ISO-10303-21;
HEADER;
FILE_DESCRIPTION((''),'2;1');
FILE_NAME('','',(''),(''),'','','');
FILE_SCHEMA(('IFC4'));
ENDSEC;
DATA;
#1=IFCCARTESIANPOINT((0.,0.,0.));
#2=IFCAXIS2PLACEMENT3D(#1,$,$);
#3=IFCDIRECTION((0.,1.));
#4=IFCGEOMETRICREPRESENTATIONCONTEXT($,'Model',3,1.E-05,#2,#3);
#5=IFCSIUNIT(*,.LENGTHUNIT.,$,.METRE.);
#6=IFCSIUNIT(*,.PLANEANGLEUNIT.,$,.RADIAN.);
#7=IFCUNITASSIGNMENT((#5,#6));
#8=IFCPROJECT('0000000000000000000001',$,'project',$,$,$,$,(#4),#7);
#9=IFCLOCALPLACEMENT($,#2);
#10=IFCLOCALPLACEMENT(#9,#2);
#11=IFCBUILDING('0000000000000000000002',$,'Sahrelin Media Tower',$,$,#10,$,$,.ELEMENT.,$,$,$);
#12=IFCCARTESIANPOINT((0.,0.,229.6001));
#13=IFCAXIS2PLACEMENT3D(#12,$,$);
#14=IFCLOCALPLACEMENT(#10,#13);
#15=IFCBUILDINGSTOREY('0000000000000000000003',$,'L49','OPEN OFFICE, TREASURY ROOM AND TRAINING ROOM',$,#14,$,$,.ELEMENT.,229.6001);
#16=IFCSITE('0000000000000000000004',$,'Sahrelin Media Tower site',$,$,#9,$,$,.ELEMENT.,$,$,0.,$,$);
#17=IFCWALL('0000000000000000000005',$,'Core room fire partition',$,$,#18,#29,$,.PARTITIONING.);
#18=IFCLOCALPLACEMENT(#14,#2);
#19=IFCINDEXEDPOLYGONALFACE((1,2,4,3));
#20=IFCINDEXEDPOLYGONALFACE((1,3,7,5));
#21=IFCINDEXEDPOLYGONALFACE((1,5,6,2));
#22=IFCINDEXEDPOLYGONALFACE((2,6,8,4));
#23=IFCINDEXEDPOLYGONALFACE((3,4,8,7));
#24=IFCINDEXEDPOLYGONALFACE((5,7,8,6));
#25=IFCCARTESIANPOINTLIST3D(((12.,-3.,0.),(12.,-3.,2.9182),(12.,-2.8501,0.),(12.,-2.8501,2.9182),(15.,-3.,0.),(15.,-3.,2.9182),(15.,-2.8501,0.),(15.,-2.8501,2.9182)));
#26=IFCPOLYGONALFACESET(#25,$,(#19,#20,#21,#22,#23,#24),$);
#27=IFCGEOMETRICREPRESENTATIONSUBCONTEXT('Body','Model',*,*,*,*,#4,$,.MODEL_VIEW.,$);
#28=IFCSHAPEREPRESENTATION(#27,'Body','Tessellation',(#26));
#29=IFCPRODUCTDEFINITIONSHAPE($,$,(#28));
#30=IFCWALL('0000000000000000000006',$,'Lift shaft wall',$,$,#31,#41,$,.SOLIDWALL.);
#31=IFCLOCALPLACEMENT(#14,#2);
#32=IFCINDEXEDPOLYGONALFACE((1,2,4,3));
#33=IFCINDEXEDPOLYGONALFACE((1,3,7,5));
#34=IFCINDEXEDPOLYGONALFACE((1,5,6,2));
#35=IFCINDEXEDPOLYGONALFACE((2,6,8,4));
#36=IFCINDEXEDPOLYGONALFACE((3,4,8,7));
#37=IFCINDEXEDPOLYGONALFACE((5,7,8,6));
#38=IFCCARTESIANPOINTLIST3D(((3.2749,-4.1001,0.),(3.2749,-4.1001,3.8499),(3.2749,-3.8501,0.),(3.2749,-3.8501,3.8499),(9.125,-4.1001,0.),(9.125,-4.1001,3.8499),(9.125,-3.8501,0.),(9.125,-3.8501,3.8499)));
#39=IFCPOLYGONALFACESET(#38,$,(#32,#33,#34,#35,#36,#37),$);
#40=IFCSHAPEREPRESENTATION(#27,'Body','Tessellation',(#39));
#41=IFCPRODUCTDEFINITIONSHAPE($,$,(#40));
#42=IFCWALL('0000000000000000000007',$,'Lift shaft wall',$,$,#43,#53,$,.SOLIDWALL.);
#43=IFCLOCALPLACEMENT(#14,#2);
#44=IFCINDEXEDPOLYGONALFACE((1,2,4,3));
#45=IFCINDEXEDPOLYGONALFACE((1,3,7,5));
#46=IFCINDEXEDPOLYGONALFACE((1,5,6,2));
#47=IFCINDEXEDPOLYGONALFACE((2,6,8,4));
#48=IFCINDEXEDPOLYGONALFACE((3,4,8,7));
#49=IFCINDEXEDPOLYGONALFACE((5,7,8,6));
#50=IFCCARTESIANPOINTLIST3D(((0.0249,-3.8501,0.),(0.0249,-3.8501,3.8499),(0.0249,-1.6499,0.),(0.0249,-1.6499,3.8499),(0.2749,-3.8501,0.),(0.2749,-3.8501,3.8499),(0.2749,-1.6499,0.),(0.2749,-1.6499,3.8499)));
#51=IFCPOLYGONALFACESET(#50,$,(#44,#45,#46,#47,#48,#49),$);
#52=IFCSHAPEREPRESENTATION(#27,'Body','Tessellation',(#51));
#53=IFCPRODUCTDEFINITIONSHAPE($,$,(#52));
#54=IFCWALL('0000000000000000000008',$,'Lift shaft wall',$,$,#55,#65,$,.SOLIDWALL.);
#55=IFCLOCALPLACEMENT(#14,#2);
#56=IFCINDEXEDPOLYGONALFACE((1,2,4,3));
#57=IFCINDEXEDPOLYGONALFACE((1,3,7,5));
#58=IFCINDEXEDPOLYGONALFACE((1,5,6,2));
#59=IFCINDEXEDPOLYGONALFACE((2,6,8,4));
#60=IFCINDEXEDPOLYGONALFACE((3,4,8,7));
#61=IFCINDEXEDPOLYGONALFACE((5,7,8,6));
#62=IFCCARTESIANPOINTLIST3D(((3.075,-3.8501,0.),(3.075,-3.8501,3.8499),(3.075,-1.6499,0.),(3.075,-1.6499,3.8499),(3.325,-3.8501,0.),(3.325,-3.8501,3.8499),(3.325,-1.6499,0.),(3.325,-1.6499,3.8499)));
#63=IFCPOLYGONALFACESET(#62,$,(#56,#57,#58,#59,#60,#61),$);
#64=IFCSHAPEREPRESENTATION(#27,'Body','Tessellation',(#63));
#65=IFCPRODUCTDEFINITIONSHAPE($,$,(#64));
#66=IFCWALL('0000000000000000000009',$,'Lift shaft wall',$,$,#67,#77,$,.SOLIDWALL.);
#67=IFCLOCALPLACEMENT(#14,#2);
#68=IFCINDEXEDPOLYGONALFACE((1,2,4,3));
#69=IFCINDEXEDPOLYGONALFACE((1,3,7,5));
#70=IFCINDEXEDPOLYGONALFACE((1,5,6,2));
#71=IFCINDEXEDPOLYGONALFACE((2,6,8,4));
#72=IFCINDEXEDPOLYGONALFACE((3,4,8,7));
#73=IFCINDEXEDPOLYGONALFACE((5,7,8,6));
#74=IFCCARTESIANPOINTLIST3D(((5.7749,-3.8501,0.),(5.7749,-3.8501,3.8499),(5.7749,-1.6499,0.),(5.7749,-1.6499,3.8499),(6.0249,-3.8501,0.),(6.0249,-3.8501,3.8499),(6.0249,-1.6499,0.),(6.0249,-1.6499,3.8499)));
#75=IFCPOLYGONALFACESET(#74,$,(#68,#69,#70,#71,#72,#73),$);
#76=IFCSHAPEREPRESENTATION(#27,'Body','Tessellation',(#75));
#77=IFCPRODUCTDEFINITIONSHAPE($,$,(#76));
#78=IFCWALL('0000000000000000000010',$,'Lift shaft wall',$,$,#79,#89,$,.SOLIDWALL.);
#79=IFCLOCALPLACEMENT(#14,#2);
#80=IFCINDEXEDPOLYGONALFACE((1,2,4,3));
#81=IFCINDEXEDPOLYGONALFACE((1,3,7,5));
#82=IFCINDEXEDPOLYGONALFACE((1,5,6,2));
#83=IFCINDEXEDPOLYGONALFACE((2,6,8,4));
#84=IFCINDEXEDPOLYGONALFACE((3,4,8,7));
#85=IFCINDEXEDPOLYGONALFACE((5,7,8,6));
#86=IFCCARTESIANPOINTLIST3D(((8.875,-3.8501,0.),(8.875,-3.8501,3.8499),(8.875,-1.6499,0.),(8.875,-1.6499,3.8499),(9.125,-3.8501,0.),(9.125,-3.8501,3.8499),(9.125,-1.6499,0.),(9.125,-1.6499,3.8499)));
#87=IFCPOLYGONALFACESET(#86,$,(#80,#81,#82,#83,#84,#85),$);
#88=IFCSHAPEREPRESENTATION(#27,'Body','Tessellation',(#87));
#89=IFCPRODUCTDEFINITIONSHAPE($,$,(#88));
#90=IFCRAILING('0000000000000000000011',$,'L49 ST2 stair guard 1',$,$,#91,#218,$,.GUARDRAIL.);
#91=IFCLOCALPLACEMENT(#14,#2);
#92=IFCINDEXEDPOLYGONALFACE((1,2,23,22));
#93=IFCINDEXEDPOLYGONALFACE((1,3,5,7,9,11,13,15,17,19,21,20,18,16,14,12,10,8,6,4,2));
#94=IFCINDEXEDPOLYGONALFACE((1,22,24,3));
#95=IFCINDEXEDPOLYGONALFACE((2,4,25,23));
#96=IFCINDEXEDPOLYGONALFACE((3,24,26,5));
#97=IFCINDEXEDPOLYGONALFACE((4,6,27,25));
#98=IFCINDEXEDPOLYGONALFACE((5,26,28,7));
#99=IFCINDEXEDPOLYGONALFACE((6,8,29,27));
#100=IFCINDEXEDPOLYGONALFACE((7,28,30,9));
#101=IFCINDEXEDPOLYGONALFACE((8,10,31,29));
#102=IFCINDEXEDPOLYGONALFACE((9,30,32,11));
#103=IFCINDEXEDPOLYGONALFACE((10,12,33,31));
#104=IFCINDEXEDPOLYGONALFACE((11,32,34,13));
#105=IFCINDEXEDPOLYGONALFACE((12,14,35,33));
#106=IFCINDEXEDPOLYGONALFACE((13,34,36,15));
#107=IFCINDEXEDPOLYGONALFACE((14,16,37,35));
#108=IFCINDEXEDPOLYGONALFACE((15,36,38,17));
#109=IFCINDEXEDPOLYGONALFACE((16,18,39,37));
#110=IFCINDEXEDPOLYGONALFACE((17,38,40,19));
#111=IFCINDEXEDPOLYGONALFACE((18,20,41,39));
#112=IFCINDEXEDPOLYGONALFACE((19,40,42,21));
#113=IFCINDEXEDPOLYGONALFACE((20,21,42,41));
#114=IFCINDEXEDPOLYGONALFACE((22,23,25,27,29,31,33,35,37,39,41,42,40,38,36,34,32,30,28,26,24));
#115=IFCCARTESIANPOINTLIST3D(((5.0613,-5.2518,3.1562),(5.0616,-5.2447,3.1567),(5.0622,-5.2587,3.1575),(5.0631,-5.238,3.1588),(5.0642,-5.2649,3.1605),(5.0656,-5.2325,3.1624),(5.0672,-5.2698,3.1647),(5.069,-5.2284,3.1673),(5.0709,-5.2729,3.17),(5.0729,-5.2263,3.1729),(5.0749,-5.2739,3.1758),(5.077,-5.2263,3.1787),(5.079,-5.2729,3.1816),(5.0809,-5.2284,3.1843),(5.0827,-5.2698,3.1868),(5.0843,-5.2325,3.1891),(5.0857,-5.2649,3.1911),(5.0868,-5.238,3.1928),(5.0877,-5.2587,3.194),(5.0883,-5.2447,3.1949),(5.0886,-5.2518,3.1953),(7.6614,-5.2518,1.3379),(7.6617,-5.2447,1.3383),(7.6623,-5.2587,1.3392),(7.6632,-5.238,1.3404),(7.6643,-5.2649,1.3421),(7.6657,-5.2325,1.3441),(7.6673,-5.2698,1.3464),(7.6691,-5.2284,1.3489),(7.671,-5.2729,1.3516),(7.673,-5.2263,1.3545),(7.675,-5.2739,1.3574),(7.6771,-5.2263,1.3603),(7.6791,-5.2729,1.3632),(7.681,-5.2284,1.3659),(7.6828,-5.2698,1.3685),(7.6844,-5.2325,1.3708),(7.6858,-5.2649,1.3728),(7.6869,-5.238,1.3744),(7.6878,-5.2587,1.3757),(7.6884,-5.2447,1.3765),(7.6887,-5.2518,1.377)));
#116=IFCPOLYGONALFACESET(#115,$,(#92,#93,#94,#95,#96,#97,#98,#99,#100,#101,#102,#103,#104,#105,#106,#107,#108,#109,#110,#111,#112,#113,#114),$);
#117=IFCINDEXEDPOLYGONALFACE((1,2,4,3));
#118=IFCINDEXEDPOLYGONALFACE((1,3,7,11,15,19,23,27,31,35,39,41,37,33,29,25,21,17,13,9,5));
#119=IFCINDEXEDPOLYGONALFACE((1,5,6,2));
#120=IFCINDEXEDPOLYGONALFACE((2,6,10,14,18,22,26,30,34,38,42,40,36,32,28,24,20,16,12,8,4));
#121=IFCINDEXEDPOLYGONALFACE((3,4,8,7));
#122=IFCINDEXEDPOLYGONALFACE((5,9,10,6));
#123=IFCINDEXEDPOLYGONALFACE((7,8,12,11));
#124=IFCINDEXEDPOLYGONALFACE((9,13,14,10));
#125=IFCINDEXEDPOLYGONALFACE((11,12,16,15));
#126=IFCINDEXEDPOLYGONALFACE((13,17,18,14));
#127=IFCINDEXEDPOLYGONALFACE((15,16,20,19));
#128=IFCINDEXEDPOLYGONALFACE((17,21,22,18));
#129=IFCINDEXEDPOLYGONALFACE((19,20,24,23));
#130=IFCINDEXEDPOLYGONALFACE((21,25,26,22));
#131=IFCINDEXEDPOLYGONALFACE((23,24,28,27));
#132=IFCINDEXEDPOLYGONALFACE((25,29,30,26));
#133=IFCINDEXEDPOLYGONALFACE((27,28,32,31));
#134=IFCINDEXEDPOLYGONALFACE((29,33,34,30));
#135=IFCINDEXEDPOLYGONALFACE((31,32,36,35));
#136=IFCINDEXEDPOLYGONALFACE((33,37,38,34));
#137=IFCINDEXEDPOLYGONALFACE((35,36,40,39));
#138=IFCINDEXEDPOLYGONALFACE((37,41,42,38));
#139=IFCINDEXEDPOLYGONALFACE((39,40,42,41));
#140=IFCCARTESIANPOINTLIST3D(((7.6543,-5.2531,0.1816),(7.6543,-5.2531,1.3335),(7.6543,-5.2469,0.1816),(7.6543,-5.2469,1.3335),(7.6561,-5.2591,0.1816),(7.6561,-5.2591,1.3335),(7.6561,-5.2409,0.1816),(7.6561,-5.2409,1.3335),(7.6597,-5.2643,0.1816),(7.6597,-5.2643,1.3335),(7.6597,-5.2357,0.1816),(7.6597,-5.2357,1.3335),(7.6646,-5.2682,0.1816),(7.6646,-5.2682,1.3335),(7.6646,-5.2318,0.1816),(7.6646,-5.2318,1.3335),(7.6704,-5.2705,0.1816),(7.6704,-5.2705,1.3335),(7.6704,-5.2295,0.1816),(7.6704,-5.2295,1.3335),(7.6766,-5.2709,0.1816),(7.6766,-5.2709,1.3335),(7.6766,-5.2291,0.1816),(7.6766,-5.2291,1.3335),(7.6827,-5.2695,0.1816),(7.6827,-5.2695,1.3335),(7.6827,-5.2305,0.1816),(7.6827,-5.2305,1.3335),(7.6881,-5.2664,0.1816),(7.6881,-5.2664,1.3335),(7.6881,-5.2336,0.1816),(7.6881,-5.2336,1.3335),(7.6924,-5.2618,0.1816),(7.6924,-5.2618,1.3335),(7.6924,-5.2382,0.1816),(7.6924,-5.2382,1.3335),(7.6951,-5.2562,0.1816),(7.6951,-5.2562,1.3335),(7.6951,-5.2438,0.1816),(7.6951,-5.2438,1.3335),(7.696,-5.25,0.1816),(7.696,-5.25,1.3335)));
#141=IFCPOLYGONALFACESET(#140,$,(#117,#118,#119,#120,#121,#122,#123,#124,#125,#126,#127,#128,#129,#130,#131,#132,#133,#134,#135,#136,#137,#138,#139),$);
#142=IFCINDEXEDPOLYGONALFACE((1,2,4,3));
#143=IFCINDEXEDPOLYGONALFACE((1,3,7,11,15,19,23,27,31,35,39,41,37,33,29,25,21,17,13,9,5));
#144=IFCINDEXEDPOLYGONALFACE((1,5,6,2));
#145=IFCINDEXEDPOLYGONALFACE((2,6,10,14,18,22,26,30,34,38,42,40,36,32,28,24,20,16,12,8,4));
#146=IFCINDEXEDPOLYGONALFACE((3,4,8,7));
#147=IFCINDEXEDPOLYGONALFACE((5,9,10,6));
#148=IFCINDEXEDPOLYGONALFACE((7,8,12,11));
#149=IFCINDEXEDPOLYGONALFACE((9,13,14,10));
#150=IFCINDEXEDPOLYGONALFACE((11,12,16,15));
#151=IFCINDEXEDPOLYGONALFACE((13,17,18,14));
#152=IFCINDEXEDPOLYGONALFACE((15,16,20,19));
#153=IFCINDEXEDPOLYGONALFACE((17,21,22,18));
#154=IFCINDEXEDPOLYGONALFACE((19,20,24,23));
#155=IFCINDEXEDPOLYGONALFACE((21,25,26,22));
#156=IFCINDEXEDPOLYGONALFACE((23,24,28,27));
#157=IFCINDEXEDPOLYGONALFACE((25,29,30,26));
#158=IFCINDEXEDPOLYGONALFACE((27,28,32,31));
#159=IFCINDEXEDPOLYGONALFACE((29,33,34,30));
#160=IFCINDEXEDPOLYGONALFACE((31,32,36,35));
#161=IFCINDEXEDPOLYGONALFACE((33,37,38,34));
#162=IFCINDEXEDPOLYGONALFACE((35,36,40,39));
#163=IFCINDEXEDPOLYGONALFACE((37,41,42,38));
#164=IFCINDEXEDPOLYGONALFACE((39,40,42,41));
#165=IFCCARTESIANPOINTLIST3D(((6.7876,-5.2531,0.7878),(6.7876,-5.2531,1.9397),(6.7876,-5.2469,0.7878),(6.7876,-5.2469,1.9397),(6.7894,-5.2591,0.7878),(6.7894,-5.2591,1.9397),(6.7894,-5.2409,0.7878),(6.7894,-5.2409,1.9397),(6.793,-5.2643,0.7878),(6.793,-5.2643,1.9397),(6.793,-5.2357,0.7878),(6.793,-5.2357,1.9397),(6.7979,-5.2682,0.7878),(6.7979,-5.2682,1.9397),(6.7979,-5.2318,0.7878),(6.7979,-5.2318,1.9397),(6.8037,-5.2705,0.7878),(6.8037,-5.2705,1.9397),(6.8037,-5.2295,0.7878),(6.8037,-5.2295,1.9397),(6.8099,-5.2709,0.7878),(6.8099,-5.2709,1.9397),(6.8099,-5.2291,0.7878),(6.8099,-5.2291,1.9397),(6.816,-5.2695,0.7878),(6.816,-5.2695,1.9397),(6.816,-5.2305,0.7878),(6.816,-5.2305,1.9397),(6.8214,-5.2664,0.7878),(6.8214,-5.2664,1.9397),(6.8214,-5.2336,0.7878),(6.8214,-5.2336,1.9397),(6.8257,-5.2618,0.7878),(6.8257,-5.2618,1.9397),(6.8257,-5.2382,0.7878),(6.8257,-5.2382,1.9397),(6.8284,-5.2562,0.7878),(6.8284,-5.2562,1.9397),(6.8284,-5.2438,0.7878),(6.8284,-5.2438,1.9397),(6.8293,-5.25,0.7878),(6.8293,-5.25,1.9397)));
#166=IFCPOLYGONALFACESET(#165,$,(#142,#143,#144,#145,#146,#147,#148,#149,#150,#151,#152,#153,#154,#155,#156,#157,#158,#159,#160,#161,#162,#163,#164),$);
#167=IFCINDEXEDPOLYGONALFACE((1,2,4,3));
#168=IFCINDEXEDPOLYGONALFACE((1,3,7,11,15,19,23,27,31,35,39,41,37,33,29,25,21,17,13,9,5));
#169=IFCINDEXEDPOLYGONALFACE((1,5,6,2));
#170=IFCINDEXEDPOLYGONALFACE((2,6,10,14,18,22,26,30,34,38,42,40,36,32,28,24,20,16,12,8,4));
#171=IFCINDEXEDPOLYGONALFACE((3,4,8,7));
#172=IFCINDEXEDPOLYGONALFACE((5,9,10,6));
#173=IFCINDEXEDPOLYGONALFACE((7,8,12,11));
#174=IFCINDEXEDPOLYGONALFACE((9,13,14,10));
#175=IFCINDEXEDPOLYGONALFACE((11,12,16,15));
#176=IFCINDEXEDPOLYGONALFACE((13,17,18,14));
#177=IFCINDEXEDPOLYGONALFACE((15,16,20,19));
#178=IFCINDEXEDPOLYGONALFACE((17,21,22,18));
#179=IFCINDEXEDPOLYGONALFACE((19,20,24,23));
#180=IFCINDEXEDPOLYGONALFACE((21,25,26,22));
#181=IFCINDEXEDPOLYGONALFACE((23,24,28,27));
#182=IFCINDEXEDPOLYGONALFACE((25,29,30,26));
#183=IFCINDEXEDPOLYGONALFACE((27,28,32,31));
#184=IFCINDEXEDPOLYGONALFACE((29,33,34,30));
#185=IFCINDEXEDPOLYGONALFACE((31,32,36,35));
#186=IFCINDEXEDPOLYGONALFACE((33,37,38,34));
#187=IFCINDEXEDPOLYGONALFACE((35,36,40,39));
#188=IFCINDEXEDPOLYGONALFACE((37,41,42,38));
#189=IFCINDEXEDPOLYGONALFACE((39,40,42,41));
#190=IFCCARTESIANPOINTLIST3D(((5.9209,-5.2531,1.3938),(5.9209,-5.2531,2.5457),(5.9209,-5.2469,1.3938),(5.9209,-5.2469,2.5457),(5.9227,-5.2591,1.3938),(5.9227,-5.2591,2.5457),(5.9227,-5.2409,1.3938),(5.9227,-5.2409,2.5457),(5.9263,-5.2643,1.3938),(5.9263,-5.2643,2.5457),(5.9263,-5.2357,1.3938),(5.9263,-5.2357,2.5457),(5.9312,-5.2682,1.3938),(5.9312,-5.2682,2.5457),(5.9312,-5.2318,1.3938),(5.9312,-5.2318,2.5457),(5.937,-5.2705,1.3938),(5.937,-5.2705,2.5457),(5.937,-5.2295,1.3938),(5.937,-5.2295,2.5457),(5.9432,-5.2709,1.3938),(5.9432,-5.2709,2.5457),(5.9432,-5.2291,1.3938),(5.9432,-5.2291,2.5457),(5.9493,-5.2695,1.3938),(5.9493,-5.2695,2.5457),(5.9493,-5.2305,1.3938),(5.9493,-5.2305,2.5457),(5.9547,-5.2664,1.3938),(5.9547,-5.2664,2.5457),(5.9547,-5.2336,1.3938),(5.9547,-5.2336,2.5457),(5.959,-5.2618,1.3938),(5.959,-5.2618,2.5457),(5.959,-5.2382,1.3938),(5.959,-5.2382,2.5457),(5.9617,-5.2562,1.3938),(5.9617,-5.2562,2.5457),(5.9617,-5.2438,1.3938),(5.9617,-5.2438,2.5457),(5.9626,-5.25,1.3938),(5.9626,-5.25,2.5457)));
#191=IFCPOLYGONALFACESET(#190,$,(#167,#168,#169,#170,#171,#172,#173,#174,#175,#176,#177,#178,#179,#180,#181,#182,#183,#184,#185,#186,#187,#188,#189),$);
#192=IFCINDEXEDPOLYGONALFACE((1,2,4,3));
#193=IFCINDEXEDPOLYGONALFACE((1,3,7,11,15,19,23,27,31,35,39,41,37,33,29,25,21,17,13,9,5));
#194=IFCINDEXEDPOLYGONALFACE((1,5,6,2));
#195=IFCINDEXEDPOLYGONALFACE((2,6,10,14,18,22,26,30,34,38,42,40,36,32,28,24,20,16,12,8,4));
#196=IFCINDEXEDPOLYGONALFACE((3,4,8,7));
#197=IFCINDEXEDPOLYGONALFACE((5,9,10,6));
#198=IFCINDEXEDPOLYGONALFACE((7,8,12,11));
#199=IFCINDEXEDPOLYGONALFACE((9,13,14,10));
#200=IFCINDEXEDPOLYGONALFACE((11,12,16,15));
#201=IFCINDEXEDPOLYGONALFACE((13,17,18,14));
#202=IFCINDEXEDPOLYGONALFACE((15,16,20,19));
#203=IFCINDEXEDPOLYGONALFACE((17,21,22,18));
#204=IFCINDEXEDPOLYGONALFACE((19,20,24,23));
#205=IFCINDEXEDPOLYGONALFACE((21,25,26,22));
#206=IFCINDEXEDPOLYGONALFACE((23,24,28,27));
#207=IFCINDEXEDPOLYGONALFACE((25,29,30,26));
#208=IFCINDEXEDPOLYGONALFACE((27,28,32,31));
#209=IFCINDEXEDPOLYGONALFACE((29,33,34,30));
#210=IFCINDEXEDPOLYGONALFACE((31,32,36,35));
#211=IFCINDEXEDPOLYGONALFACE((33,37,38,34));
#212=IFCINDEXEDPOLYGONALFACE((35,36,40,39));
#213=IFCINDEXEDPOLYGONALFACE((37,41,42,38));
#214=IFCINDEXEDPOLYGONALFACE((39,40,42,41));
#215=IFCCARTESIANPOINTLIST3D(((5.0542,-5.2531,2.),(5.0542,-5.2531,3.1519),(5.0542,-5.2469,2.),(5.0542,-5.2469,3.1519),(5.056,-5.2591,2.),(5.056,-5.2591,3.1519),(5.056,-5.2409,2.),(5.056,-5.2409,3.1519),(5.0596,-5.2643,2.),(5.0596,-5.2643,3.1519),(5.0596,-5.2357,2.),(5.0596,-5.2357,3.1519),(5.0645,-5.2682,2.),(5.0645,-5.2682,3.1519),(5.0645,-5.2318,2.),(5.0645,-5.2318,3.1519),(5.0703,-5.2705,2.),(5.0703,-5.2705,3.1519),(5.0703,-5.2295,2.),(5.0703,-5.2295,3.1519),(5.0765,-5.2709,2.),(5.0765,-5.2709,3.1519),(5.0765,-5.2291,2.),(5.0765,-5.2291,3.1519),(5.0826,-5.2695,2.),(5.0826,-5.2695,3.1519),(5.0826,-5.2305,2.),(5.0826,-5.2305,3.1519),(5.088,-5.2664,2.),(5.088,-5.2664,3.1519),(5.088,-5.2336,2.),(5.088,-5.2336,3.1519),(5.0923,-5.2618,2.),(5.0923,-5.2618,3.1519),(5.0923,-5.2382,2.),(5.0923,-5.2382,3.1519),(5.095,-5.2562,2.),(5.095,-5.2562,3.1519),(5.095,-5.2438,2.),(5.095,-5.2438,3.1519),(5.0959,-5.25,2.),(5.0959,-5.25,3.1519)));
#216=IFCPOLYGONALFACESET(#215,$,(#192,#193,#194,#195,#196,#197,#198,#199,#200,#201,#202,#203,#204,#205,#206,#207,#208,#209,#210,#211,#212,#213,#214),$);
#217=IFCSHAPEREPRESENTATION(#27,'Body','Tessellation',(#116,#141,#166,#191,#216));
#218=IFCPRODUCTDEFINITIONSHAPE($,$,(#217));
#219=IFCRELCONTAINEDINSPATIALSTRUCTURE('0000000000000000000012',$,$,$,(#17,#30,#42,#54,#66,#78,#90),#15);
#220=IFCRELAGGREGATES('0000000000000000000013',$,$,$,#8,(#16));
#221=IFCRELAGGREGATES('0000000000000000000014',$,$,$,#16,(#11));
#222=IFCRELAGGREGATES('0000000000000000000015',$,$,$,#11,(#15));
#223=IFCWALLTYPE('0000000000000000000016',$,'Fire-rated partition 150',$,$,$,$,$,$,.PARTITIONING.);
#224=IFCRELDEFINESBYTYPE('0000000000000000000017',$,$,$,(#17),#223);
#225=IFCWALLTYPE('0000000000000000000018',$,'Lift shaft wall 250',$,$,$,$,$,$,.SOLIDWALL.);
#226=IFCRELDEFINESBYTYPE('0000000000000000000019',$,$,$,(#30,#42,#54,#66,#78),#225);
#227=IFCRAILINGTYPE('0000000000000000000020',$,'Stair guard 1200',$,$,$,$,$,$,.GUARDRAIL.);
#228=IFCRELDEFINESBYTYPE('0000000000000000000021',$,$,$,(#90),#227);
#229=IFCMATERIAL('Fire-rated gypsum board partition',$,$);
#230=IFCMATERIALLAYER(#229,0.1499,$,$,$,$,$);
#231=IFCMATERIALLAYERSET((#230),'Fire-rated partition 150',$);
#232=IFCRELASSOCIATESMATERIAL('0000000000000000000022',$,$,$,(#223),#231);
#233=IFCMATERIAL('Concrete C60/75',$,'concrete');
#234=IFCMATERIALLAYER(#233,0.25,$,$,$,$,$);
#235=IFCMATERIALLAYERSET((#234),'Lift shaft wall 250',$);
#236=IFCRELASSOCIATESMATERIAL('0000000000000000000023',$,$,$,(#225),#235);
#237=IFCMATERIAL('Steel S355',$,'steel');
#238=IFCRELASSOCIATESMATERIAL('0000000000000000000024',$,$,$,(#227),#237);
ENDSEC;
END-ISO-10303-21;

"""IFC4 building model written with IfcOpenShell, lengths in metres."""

from ifc_helpers import new_model, si_unit, direction, frame, frame_2d, origin, origin_2d, place, context, subcontext, project, spatial, rectangle, circle, extrude, material, layer, layer_set, type_object, element, save


model = new_model("IFC4")

# Units and contexts
model_context = context("Model", 3, precision=1e-05, world=origin(), true_north=direction((0.0, 1.0)))
body_context = subcontext(model_context, "Body", "Model", "MODEL_VIEW")
ifc_project = project(units=[si_unit("LENGTHUNIT", "METRE"), si_unit("PLANEANGLEUNIT", "RADIAN")], contexts=[model_context])

# Site, building, storey
site_placement = place(None, origin())
site = spatial("IfcSite", under=ifc_project, at=site_placement, Name="Sahrelin Media Tower site", CompositionType="ELEMENT", RefElevation=0.0)
building_placement = place(site_placement, origin())
building = spatial("IfcBuilding", under=site, at=building_placement, Name="Sahrelin Media Tower", CompositionType="ELEMENT")
storey_placement = place(building_placement, frame((0.0, 0.0, 229.6001)))
storey = spatial("IfcBuildingStorey", under=building, at=storey_placement, Name="L49", Description="OPEN OFFICE, TREASURY ROOM AND TRAINING ROOM", CompositionType="ELEMENT", Elevation=229.6001)

# Shared definitions
ifc_material_1 = material(Name="Steel S355", Category="steel")

# Shared definitions
ifc_material_2 = material(Name="Concrete C60/75", Category="concrete")

# Walls
ifc_material_3 = material(Name="Fire-rated gypsum board partition")
ifc_layer_1 = layer(ifc_material_3, 0.1499)
ifc_layer_set_1 = layer_set([ifc_layer_1], Name="Fire-rated partition 150")
wall_type_1 = type_object("IfcWallType", Name="Fire-rated partition 150", PredefinedType="PARTITIONING", material=ifc_layer_set_1)
wall_1_placement = place(storey_placement, frame((12.0, -2.925, 0.0), z_axis=(0.0, 0.0, 1.0), x_axis=(1.0, 0.0, 0.0)))
element("IfcWall", 1, at=wall_1_placement, inside=storey, type_object=wall_type_1, Name="Core room fire partition", PredefinedType="PARTITIONING", context=body_context, shape_type="SweptSolid", body=[
    extrude(rectangle(XDim=3.0, YDim=0.1499, at=frame_2d((1.5, 0.0))), origin(), (0.0, 0.0, 1.0), 2.9182),
])
ifc_layer_2 = layer(ifc_material_2, 0.25)
ifc_layer_set_2 = layer_set([ifc_layer_2], Name="Lift shaft wall 250")
wall_type_2 = type_object("IfcWallType", Name="Lift shaft wall 250", PredefinedType="SOLIDWALL", material=ifc_layer_set_2)
wall_2_placement = place(storey_placement, frame((3.2749, -3.9751, 0.0), z_axis=(0.0, 0.0, 1.0), x_axis=(1.0, 0.0, 0.0)))
element("IfcWall", 2, at=wall_2_placement, inside=storey, type_object=wall_type_2, Name="Lift shaft wall", PredefinedType="SOLIDWALL", context=body_context, shape_type="SweptSolid", body=[
    extrude(rectangle(XDim=5.8501, YDim=0.25, at=frame_2d((2.925, 0.0))), origin(), (0.0, 0.0, 1.0), 3.8499),
])
for number, where, z_axis, x_axis, name in (
    (3, (0.1499, -3.8501, 0.0), (0.0, 0.0, 1.0), (0.0, 1.0, 0.0), "Lift shaft wall"),
    (4, (3.2, -3.8501, 0.0), (0.0, 0.0, 1.0), (0.0, 1.0, 0.0), "Lift shaft wall"),
    (5, (5.8999, -3.8501, 0.0), (0.0, 0.0, 1.0), (0.0, 1.0, 0.0), "Lift shaft wall"),
    (6, (9.0, -3.8501, 0.0), (0.0, 0.0, 1.0), (0.0, 1.0, 0.0), "Lift shaft wall"),
):
    element("IfcWall", number, at=place(storey_placement, frame(where, z_axis=z_axis, x_axis=x_axis)), inside=storey, type_object=wall_type_2, Name=name, PredefinedType="SOLIDWALL", context=body_context, shape_type="SweptSolid", body=[
        extrude(rectangle(XDim=2.2002, YDim=0.25, at=frame_2d((1.1001, 0.0))), origin(), (0.0, 0.0, 1.0), 3.8499),
    ])

# Railing
railing_type_1 = type_object("IfcRailingType", Name="Stair guard 1200", PredefinedType="GUARDRAIL", material=ifc_material_1)
railing_1_placement = place(storey_placement, frame((7.675, -5.25, 0.1816)))
element("IfcRailing", 7, at=railing_1_placement, inside=storey, type_object=railing_type_1, Name="L49 ST2 stair guard 1", PredefinedType="GUARDRAIL", context=body_context, shape_type="SweptSolid", body=[
    extrude(circle(Radius=0.0239, at=origin_2d()), frame((0.0, 0.0, 1.1758), z_axis=(-0.819485, 0.0, 0.573101), x_axis=(0.0, -1.0, 0.0)), (0.0, 0.0, 1.0), 3.1729),
    extrude(circle(Radius=0.021, at=origin_2d()), origin(), (0.0, 0.0, 1.0), 1.1519),
    extrude(circle(Radius=0.021, at=origin_2d()), frame((-0.8667, 0.0, 0.6062)), (0.0, 0.0, 1.0), 1.1519),
    extrude(circle(Radius=0.021, at=origin_2d()), frame((-1.7334, 0.0, 1.2122)), (0.0, 0.0, 1.0), 1.1519),
    extrude(circle(Radius=0.021, at=origin_2d()), frame((-2.6001, 0.0, 1.8184)), (0.0, 0.0, 1.0), 1.1519),
])

save(model, "model.ifc")
